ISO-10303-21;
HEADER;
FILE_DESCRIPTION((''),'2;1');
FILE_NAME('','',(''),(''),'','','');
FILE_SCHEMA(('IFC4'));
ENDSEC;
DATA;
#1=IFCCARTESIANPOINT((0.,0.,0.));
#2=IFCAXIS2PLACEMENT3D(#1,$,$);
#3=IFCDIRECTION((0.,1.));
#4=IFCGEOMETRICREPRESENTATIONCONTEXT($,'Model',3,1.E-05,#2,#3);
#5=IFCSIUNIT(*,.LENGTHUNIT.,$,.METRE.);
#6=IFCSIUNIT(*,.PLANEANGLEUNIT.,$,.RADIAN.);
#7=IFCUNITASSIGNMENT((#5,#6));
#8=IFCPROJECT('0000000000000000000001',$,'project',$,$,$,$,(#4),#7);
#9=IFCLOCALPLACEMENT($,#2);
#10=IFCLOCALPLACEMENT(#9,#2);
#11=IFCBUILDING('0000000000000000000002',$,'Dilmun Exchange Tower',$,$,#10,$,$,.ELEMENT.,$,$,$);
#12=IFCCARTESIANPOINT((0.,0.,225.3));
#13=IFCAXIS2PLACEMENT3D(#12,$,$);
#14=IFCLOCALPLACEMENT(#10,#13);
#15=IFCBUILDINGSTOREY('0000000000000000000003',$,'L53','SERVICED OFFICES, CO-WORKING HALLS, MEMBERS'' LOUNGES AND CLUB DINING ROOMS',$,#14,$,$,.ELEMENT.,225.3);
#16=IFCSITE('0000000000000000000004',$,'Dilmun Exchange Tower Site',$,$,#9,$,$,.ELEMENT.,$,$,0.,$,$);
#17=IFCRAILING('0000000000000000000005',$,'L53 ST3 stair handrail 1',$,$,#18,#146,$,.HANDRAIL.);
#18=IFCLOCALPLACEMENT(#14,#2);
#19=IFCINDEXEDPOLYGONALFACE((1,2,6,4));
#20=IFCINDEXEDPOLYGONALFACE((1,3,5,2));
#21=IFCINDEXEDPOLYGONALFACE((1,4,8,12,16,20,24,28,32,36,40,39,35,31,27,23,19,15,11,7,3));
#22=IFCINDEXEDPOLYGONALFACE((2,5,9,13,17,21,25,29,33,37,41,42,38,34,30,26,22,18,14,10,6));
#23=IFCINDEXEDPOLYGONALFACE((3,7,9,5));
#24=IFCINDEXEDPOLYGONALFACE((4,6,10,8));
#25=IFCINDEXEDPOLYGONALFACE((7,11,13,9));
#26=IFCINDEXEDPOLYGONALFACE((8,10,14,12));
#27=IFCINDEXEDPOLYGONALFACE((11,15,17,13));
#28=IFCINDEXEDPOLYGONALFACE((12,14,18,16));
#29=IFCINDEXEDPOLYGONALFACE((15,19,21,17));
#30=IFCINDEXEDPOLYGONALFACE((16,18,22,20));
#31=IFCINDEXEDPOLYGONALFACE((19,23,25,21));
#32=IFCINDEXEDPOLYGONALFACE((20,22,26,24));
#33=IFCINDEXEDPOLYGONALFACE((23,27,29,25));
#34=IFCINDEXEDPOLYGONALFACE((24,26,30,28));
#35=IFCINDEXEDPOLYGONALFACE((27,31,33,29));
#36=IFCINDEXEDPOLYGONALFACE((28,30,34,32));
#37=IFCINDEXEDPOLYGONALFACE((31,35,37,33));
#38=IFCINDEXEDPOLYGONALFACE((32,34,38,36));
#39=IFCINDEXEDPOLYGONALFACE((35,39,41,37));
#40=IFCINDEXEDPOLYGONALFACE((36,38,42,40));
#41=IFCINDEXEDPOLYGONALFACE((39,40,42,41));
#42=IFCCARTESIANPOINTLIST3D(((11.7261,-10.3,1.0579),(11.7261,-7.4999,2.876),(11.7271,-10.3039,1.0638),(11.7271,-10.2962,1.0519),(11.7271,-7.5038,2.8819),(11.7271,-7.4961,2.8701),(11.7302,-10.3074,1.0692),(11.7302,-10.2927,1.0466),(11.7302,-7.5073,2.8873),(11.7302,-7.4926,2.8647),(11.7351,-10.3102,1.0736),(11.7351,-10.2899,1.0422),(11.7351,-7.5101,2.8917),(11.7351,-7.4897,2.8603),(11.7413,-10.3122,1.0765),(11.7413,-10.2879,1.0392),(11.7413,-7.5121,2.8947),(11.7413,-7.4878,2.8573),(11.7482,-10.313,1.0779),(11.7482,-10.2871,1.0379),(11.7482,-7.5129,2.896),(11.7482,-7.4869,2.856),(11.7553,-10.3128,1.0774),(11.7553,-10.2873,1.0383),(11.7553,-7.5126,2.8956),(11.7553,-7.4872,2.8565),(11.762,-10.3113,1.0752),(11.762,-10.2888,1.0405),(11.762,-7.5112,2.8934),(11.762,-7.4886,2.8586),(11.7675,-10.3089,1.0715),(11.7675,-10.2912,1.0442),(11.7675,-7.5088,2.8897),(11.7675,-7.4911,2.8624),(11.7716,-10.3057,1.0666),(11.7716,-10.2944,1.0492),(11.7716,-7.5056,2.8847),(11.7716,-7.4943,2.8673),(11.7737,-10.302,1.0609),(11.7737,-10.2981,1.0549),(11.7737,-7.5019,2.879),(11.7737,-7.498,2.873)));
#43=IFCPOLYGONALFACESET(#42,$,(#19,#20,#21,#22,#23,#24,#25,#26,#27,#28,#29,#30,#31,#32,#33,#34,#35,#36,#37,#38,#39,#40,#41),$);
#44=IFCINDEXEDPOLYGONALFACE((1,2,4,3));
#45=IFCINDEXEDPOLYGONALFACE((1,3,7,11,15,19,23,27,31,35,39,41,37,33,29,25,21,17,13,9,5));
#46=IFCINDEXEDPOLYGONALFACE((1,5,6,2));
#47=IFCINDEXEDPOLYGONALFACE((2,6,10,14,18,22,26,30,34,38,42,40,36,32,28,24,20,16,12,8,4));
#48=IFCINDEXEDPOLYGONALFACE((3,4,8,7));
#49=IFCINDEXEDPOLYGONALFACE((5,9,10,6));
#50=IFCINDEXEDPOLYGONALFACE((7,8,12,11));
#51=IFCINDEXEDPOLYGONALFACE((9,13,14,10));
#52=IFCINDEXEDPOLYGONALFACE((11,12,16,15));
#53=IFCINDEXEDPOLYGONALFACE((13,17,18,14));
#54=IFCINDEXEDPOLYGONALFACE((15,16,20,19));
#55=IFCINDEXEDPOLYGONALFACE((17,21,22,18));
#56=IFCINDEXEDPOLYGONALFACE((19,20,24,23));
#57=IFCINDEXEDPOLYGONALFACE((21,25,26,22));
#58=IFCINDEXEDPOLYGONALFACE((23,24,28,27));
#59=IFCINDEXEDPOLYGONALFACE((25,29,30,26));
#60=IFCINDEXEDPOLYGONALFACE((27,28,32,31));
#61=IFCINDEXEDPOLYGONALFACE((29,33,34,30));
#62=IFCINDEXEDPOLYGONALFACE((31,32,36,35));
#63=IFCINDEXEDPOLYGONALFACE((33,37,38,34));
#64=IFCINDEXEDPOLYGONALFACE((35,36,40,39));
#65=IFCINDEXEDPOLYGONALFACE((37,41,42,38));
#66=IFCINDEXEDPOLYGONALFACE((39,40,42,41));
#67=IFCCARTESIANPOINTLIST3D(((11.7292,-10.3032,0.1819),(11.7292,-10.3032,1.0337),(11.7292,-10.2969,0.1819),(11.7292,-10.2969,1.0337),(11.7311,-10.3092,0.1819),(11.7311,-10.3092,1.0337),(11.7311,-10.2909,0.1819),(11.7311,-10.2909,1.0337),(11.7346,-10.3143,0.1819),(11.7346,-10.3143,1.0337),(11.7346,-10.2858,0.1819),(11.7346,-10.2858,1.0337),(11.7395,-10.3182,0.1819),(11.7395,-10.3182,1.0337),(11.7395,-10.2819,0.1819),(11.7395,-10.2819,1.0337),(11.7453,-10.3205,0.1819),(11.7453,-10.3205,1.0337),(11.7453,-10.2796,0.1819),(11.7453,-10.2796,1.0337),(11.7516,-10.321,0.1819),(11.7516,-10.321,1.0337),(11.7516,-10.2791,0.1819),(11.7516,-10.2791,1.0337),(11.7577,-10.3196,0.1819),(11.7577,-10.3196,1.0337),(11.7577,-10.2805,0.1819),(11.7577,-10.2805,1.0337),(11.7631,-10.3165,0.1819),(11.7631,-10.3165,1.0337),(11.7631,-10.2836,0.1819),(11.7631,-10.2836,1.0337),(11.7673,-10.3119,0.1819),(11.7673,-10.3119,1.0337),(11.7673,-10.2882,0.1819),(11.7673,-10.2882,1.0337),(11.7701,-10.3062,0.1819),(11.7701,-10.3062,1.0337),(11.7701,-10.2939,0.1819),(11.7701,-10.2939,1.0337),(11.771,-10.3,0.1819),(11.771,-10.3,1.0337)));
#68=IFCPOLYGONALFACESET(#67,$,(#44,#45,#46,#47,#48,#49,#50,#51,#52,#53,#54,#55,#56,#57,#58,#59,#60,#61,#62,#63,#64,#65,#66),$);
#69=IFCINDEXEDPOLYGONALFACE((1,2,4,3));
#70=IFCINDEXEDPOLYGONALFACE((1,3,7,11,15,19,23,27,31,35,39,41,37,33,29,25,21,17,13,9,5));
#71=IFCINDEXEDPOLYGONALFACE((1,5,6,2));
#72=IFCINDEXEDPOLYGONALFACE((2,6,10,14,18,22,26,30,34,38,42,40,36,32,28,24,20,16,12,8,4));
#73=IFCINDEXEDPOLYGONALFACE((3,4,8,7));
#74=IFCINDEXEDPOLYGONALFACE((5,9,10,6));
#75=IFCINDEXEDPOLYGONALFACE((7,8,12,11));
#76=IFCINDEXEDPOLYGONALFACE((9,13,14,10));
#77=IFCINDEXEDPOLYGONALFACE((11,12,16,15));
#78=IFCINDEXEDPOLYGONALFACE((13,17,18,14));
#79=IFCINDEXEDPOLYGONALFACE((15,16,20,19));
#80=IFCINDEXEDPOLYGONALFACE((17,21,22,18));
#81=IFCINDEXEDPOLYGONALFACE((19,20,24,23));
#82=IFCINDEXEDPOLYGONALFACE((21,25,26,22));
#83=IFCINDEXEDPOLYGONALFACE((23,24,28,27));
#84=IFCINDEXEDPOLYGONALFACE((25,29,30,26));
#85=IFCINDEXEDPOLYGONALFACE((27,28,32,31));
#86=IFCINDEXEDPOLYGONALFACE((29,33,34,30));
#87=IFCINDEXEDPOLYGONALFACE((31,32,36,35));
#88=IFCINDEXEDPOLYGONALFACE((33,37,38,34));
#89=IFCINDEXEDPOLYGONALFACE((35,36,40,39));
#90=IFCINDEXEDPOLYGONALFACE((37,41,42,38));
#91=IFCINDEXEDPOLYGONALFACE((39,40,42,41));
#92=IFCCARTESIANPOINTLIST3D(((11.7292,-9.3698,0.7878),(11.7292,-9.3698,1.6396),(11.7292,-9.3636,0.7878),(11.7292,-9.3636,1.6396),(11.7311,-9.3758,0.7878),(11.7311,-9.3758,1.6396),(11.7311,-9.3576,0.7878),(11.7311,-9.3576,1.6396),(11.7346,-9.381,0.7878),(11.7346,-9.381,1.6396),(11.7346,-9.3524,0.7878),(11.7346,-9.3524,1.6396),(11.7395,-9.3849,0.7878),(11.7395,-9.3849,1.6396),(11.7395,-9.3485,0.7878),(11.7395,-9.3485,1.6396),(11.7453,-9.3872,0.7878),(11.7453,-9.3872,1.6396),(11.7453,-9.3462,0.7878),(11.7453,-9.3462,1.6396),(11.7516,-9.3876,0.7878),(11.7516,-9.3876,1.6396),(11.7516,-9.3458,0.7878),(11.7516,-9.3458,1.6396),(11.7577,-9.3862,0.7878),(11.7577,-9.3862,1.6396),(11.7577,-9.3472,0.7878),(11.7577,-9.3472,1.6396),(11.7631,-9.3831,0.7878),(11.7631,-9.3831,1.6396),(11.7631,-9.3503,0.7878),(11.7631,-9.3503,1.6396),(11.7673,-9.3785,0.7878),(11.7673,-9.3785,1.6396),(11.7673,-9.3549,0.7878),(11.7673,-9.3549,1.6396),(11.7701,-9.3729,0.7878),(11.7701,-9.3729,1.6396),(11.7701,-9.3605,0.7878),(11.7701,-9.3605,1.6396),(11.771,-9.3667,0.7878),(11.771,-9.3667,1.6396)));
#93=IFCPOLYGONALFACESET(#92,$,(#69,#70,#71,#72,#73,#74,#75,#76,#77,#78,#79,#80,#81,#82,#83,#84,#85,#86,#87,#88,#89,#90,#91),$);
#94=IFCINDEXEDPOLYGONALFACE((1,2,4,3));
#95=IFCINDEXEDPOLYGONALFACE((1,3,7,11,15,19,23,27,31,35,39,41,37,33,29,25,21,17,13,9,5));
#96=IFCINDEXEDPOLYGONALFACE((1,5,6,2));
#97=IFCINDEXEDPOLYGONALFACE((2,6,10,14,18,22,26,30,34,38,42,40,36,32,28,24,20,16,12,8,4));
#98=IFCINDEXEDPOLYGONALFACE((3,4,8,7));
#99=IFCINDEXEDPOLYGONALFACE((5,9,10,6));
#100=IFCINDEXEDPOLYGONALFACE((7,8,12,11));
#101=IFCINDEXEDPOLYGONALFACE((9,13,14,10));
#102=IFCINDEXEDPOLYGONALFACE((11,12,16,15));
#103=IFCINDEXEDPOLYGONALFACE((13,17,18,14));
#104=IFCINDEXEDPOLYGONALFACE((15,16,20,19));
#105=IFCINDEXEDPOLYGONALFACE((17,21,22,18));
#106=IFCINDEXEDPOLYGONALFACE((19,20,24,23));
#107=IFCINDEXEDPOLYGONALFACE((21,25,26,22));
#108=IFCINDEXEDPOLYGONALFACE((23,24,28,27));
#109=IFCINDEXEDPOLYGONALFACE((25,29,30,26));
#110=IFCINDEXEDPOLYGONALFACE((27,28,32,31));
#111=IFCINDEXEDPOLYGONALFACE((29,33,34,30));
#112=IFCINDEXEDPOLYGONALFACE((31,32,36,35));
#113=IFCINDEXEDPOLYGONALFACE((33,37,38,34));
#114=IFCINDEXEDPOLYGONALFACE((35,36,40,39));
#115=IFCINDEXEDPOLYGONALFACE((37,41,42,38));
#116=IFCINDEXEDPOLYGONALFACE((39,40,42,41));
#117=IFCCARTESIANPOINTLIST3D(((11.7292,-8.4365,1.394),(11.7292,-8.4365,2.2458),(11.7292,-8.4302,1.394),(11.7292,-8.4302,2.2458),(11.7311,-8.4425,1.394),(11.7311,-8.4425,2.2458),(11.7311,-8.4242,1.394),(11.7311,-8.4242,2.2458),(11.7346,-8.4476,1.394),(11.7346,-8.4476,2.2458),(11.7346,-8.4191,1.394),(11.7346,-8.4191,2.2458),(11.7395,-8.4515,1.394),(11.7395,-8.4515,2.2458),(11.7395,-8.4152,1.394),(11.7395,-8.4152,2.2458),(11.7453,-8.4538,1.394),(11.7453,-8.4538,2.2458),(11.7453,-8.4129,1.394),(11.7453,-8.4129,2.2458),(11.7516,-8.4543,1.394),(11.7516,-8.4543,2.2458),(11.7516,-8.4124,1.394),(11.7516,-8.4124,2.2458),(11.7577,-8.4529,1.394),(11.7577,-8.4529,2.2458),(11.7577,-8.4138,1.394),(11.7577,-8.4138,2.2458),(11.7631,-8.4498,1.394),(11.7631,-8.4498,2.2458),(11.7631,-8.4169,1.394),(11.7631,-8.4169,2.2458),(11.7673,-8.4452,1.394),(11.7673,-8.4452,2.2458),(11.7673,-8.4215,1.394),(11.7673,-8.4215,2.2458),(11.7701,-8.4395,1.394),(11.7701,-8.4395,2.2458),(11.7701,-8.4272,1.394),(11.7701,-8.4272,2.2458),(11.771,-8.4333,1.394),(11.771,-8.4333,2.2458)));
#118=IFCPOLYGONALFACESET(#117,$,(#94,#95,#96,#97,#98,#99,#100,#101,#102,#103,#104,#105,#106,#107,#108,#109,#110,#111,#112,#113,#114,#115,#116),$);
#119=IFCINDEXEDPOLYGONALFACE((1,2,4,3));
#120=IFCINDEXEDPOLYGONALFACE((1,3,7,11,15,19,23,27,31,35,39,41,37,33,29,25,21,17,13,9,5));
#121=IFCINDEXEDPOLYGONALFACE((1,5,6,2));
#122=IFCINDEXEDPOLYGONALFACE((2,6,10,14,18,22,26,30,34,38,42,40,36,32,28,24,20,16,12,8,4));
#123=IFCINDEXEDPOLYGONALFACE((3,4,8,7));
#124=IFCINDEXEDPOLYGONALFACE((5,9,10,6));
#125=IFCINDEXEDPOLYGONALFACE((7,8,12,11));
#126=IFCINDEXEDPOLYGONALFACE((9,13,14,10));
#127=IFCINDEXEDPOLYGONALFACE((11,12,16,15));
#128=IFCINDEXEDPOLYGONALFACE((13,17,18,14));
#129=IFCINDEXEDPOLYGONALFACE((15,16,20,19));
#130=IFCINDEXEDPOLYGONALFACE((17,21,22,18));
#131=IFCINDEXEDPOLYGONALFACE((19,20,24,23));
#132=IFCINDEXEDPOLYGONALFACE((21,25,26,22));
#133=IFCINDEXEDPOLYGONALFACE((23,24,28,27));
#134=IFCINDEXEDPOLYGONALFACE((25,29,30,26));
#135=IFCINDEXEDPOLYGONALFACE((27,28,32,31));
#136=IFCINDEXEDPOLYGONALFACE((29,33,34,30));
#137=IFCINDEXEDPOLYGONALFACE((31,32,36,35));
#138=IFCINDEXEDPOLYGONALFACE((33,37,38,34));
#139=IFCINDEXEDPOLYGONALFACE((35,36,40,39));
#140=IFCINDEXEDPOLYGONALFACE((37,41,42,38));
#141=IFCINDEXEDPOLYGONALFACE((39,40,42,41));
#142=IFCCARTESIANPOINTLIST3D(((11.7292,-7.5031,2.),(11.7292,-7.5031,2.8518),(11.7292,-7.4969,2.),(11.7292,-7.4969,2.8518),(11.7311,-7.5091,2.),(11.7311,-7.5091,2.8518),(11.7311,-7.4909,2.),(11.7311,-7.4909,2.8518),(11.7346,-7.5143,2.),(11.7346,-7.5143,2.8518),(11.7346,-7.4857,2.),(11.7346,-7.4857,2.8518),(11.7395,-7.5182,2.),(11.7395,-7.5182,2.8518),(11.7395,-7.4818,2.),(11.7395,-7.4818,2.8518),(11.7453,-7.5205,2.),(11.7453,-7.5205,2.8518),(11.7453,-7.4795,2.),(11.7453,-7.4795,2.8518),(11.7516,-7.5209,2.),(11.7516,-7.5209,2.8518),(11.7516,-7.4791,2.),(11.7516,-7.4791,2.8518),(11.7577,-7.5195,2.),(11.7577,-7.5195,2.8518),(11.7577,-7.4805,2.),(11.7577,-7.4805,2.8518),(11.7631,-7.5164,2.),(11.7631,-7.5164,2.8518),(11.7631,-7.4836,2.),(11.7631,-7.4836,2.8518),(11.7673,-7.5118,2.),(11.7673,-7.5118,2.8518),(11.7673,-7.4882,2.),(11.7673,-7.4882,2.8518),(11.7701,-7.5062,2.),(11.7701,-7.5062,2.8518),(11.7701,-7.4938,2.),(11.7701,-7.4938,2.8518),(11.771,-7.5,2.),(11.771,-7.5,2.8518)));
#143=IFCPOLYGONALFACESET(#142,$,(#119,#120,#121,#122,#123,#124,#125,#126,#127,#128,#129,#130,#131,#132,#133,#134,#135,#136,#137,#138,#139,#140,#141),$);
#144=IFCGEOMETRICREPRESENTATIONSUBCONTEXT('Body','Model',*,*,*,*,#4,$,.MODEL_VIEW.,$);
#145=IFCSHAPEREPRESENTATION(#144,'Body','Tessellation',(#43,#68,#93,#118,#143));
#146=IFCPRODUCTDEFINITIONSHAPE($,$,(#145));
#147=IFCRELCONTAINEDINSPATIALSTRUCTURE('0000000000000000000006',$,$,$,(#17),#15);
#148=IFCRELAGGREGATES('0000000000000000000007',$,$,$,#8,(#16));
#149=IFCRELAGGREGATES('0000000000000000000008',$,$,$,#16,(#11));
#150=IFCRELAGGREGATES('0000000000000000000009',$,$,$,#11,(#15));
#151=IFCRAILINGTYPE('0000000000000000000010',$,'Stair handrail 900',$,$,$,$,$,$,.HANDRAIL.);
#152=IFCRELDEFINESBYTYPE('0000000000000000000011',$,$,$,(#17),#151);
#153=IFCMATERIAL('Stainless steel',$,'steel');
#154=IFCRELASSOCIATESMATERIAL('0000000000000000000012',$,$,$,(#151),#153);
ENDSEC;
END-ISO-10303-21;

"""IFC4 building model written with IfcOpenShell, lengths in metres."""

from ifc_helpers import new_model, si_unit, direction, frame, origin, origin_2d, place, context, subcontext, project, spatial, circle, extrude, material, type_object, element, save


model = new_model("IFC4")

# Units and contexts
model_context = context("Model", 3, precision=1e-05, world=origin(), true_north=direction((0.0, 1.0)))
body_context = subcontext(model_context, "Body", "Model", "MODEL_VIEW")
ifc_project = project(units=[si_unit("LENGTHUNIT", "METRE"), si_unit("PLANEANGLEUNIT", "RADIAN")], contexts=[model_context])

# Site, building, storey
site_placement = place(None, origin())
site = spatial("IfcSite", under=ifc_project, at=site_placement, Name="Dilmun Exchange Tower Site", CompositionType="ELEMENT", RefElevation=0.0)
building_placement = place(site_placement, origin())
building = spatial("IfcBuilding", under=site, at=building_placement, Name="Dilmun Exchange Tower", CompositionType="ELEMENT")
storey_placement = place(building_placement, frame((0.0, 0.0, 225.3)))
storey = spatial("IfcBuildingStorey", under=building, at=storey_placement, Name="L53", Description="SERVICED OFFICES, CO-WORKING HALLS, MEMBERS' LOUNGES AND CLUB DINING ROOMS", CompositionType="ELEMENT", Elevation=225.3)

# Railing
ifc_material_1 = material(Name="Stainless steel", Category="steel")
railing_type = type_object("IfcRailingType", Name="Stair handrail 900", PredefinedType="HANDRAIL", material=ifc_material_1)
railing_1_placement = place(storey_placement, frame((11.75, -10.3, 0.1819)))
element("IfcRailing", 1, at=railing_1_placement, inside=storey, type_object=railing_type, Name="L53 ST3 stair handrail 1", PredefinedType="HANDRAIL", context=body_context, shape_type="SweptSolid", body=[
    extrude(circle(Radius=0.0239, at=origin_2d()), frame((0.0, 0.0, 0.876), z_axis=(0.0, 0.838706, 0.544585), x_axis=(-1.0, 0.0, 0.0)), (0.0, 0.0, 1.0), 3.3386),
    extrude(circle(Radius=0.021, at=origin_2d()), origin(), (0.0, 0.0, 1.0), 0.8518),
    extrude(circle(Radius=0.021, at=origin_2d()), frame((0.0, 0.9333, 0.606)), (0.0, 0.0, 1.0), 0.8518),
    extrude(circle(Radius=0.021, at=origin_2d()), frame((0.0, 1.8667, 1.2122)), (0.0, 0.0, 1.0), 0.8518),
    extrude(circle(Radius=0.021, at=origin_2d()), frame((0.0, 2.8, 1.8181)), (0.0, 0.0, 1.0), 0.8518),
])

save(model, "model.ifc")
